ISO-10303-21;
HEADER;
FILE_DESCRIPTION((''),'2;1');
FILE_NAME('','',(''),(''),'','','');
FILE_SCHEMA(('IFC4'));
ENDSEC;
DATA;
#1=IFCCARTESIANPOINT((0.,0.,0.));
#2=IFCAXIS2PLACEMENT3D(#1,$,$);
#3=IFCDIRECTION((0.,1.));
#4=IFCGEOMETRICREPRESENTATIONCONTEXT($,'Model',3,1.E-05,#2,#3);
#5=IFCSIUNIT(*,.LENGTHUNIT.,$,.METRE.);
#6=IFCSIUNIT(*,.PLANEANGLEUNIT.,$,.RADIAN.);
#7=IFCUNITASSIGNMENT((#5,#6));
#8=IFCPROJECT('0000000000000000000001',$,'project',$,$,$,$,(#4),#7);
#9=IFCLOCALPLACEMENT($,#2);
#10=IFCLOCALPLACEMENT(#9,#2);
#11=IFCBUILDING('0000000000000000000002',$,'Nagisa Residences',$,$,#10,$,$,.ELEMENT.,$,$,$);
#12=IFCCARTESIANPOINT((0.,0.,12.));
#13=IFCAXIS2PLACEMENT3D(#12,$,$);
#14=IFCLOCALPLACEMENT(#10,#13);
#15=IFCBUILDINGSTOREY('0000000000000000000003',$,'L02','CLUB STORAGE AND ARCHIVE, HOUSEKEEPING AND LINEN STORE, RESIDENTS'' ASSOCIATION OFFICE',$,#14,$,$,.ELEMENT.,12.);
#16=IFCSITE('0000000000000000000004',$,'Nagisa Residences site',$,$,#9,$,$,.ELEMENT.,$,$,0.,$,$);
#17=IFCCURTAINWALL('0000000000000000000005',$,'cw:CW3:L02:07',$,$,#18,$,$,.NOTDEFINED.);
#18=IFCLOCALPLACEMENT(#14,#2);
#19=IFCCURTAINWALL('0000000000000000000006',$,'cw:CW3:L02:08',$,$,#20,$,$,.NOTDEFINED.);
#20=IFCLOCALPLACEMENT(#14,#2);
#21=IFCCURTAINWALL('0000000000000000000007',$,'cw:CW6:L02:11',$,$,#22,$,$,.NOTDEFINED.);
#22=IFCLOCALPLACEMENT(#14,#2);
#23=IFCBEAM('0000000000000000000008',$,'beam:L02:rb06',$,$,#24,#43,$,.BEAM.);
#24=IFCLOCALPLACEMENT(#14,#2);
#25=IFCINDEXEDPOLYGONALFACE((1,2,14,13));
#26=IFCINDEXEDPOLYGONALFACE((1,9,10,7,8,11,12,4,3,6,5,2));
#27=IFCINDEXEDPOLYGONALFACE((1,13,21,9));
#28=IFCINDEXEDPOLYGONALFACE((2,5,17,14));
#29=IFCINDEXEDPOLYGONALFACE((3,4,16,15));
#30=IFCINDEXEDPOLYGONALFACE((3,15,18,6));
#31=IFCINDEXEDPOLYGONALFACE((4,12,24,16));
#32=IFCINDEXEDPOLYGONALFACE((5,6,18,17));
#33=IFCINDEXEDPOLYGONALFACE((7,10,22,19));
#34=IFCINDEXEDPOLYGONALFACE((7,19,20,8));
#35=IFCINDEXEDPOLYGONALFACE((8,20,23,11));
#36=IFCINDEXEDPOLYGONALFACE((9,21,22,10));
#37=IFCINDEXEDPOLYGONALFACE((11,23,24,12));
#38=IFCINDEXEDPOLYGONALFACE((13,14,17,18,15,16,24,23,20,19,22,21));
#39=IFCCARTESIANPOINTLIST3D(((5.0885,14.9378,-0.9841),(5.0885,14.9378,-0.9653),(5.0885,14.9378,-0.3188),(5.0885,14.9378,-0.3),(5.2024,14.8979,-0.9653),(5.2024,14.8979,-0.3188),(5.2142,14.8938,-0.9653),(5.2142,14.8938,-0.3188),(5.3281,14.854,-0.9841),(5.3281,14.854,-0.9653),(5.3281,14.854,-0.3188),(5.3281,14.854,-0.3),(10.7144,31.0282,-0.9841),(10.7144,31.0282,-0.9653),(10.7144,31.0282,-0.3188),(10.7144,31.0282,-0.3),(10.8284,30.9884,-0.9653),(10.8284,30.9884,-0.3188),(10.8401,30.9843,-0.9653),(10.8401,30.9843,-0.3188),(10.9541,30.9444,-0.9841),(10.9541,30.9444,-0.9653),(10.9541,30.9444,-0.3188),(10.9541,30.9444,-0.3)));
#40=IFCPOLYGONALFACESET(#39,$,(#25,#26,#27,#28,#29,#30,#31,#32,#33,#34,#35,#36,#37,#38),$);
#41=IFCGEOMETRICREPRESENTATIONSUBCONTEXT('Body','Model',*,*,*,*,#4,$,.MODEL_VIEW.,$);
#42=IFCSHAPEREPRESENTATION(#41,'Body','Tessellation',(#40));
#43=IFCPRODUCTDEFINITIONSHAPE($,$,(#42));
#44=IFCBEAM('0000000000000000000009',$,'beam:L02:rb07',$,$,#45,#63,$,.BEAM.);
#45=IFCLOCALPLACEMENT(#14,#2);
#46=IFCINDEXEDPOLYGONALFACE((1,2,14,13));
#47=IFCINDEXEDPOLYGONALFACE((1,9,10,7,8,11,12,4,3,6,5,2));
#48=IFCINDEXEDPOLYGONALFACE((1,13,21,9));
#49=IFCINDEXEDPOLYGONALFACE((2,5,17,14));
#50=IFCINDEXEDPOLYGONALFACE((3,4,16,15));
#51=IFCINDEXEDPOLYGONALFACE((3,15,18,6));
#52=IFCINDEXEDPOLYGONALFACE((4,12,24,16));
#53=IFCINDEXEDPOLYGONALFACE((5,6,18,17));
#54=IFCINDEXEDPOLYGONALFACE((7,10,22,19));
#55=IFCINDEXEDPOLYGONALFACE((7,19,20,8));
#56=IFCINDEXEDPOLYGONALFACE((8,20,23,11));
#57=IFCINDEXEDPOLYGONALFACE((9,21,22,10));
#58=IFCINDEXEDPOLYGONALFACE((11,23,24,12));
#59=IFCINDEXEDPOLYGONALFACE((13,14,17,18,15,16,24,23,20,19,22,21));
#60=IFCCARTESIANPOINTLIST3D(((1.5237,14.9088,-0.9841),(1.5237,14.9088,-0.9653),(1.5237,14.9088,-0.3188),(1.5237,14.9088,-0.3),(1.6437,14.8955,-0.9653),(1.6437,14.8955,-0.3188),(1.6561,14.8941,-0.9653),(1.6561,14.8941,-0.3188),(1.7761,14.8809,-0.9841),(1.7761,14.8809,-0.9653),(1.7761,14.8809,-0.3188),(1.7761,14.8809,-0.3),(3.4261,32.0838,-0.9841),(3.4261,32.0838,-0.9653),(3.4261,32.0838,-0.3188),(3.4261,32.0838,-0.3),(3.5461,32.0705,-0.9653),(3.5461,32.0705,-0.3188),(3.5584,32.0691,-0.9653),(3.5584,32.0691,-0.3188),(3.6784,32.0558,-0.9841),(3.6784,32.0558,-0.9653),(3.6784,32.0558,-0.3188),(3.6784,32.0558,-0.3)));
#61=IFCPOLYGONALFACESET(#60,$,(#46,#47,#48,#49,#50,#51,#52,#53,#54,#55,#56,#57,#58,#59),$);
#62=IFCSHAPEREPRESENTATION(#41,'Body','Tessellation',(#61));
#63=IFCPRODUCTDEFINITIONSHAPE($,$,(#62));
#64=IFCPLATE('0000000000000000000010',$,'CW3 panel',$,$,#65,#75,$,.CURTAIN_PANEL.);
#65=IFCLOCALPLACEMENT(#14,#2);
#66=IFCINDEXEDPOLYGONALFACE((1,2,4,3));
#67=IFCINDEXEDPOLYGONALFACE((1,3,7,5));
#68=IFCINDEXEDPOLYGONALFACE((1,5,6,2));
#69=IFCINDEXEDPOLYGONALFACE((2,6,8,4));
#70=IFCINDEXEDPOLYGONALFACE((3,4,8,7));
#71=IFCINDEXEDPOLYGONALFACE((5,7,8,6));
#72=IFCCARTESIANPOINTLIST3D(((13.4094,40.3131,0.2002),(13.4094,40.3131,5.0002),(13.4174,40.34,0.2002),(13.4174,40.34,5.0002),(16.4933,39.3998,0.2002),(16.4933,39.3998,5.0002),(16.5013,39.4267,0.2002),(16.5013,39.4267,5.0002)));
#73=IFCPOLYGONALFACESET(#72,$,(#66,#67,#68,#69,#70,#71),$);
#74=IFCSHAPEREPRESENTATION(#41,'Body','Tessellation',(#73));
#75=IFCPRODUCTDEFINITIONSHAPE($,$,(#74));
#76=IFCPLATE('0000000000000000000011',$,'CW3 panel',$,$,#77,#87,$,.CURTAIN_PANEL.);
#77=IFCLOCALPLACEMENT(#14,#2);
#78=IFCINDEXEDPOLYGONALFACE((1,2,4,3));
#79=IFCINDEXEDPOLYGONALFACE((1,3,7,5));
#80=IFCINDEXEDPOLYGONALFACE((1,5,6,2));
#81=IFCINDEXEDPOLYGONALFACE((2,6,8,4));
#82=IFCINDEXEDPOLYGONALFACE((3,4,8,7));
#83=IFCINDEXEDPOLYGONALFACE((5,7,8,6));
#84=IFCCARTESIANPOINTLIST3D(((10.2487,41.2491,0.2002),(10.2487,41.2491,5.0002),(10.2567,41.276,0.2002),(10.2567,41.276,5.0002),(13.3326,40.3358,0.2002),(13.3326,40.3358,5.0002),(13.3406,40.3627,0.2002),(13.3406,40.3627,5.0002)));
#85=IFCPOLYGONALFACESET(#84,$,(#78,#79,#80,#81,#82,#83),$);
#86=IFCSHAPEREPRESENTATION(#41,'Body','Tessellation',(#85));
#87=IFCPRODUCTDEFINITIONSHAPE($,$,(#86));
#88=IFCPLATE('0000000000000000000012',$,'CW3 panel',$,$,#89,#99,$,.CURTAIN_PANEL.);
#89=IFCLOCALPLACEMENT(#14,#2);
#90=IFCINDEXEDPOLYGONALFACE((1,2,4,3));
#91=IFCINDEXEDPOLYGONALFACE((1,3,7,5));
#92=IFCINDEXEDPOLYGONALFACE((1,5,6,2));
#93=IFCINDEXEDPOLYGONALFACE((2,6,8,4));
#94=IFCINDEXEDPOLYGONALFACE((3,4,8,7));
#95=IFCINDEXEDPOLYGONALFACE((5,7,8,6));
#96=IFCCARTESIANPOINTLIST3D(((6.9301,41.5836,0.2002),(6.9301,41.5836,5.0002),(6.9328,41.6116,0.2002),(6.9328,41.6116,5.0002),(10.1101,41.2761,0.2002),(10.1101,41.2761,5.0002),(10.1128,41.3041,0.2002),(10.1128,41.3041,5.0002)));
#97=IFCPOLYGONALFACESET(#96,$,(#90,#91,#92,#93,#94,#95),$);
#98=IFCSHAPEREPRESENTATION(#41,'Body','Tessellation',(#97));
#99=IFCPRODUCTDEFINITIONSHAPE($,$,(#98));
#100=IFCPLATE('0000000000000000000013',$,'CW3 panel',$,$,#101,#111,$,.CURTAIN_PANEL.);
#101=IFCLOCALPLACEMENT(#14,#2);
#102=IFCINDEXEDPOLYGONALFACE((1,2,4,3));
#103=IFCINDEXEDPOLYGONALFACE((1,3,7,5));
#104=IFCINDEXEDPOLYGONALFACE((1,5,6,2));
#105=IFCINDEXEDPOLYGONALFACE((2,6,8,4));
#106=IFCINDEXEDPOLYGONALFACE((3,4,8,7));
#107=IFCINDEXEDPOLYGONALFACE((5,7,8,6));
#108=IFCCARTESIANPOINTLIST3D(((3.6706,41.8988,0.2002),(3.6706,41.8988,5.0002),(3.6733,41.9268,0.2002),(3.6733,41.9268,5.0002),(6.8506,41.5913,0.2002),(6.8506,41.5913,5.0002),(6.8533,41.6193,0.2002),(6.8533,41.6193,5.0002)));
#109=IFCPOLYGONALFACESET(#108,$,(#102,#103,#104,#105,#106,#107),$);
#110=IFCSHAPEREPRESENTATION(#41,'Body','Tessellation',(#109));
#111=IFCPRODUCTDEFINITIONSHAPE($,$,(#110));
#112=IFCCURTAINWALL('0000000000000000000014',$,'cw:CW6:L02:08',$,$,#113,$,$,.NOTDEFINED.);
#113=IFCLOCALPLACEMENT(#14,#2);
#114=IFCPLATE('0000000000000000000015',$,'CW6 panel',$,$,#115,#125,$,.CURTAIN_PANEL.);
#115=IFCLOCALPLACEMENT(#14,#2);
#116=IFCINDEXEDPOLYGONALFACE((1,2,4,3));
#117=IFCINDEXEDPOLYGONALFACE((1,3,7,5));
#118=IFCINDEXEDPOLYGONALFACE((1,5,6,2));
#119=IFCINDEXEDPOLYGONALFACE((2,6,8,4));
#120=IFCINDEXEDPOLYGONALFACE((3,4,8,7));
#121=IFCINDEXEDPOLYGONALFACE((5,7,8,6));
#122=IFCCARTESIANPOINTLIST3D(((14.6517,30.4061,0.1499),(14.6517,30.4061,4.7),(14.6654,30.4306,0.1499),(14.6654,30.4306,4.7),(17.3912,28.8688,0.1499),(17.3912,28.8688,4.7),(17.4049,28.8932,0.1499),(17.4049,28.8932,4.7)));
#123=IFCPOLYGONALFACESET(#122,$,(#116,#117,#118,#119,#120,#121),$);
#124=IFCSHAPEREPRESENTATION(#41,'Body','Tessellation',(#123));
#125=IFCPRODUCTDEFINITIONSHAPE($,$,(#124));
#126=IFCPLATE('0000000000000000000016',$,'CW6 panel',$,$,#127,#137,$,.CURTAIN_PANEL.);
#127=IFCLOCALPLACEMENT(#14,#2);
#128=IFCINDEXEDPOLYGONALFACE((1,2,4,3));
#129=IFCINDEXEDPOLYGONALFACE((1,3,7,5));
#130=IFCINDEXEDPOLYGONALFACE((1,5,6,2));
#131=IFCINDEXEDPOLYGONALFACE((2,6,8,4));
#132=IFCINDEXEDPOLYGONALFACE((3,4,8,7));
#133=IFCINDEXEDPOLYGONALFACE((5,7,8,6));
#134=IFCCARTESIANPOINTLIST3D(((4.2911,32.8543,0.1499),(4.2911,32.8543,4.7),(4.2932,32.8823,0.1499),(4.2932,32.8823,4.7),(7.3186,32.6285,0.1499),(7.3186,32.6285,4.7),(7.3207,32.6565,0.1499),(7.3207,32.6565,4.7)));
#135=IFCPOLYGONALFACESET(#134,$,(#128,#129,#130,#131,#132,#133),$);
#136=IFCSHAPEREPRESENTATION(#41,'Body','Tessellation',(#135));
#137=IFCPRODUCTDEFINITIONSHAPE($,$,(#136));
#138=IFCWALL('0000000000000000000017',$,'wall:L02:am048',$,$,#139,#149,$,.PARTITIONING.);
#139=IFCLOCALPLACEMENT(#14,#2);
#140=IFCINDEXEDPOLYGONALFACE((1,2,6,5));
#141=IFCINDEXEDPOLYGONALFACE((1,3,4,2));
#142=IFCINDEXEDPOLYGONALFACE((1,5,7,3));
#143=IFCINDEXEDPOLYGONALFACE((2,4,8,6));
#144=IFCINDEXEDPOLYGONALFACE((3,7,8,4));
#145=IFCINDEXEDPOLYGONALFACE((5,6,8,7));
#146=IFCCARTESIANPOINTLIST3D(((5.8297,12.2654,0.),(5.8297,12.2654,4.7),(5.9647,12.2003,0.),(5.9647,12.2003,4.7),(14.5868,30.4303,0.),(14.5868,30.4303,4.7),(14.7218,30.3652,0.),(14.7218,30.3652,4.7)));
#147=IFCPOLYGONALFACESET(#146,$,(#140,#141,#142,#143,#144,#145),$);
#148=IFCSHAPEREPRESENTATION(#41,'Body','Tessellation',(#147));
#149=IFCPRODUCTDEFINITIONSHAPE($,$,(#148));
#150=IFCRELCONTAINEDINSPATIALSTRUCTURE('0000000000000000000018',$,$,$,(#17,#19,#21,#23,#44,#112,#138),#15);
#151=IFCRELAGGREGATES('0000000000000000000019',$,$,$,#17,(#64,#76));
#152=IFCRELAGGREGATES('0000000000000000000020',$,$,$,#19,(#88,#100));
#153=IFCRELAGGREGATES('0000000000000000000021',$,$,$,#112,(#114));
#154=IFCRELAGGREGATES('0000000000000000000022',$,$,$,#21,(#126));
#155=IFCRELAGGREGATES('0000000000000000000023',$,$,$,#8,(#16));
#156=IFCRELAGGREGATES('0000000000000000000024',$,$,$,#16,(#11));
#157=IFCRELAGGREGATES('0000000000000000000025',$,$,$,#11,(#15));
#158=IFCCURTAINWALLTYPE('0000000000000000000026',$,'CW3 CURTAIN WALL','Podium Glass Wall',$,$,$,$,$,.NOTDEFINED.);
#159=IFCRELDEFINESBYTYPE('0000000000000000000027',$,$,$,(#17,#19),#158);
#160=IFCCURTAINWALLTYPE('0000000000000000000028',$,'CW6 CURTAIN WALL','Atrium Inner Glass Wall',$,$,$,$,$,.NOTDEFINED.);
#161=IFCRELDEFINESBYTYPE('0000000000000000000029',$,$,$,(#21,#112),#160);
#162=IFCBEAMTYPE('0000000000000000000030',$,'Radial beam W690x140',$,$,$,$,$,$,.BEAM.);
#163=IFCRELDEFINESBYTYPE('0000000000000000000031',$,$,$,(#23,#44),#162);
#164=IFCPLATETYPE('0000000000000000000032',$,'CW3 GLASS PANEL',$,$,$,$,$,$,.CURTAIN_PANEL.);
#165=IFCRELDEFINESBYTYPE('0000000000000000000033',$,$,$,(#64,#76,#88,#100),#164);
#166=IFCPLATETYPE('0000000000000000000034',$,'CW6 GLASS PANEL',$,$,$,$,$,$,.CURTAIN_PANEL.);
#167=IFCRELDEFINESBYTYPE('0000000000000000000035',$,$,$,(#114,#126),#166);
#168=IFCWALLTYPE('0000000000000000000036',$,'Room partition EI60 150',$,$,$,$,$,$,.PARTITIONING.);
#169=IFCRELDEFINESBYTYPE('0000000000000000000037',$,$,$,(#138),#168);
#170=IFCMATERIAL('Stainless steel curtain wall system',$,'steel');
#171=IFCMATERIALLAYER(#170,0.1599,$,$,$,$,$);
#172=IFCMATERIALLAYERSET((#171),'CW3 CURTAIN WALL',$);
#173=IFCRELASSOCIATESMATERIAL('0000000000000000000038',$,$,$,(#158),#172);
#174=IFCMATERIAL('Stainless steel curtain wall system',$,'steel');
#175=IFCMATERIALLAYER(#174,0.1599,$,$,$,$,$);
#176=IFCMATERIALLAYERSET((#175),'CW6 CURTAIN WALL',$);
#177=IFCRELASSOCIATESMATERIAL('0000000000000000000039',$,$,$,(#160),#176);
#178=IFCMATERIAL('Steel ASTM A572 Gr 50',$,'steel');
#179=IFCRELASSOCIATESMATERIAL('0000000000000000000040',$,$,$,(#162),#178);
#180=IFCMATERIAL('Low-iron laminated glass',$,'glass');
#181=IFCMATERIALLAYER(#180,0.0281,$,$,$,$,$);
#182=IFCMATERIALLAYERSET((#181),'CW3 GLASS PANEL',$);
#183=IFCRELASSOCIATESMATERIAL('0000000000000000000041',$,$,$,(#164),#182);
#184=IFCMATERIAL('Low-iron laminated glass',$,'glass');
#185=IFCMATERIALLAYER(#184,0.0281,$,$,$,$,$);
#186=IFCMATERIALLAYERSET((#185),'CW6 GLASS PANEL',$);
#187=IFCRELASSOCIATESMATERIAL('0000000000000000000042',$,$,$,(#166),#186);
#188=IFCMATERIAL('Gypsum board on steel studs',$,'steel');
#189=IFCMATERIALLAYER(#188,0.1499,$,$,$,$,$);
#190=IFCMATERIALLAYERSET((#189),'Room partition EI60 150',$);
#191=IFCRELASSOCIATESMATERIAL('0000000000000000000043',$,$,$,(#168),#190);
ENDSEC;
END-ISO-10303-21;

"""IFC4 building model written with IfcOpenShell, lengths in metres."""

from ifc_helpers import new_model, si_unit, direction, frame, frame_2d, origin, origin_2d, place, context, subcontext, project, spatial, rectangle, i_section, extrude, material, layer, layer_set, material_profile, profile_set, type_object, element, aggregate, save


model = new_model("IFC4")

# Units and contexts
model_context = context("Model", 3, precision=1e-05, world=origin(), true_north=direction((0.0, 1.0)))
body_context = subcontext(model_context, "Body", "Model", "MODEL_VIEW")
ifc_project = project(units=[si_unit("LENGTHUNIT", "METRE"), si_unit("PLANEANGLEUNIT", "RADIAN")], contexts=[model_context])

# Site, building, storey
site_placement = place(None, origin())
site = spatial("IfcSite", under=ifc_project, at=site_placement, Name="Nagisa Residences site", CompositionType="ELEMENT", RefElevation=0.0)
building_placement = place(site_placement, origin())
building = spatial("IfcBuilding", under=site, at=building_placement, Name="Nagisa Residences", CompositionType="ELEMENT")
storey_placement = place(building_placement, frame((0.0, 0.0, 12.0)))
storey = spatial("IfcBuildingStorey", under=building, at=storey_placement, Name="L02", Description="CLUB STORAGE AND ARCHIVE, HOUSEKEEPING AND LINEN STORE, RESIDENTS' ASSOCIATION OFFICE", CompositionType="ELEMENT", Elevation=12.0)

# Shared definitions
ifc_material_1 = material(Name="Stainless steel curtain wall system", Category="steel")
ifc_layer_1 = layer(ifc_material_1, 0.1599)
ifc_layer_set_1 = layer_set([ifc_layer_1], Name="CW3 CURTAIN WALL")
curtain_wall_type_1 = type_object("IfcCurtainWallType", Name="CW3 CURTAIN WALL", Description="Podium Glass Wall", PredefinedType="NOTDEFINED", material=ifc_layer_set_1)

# Curtain walls
curtain_wall_1_placement = place(storey_placement, origin())
curtain_wall_1 = element("IfcCurtainWall", 1, at=curtain_wall_1_placement, inside=storey, type_object=curtain_wall_type_1, Name="cw:CW3:L02:07", PredefinedType="NOTDEFINED")
curtain_wall_2_placement = place(storey_placement, origin())
curtain_wall_2 = element("IfcCurtainWall", 2, at=curtain_wall_2_placement, inside=storey, type_object=curtain_wall_type_1, Name="cw:CW3:L02:08", PredefinedType="NOTDEFINED")

# Curtain wall
ifc_material_2 = material(Name="Stainless steel curtain wall system", Category="steel")
ifc_layer_2 = layer(ifc_material_2, 0.1599)
ifc_layer_set_2 = layer_set([ifc_layer_2], Name="CW6 CURTAIN WALL")
curtain_wall_type_2 = type_object("IfcCurtainWallType", Name="CW6 CURTAIN WALL", Description="Atrium Inner Glass Wall", PredefinedType="NOTDEFINED", material=ifc_layer_set_2)
curtain_wall_3_placement = place(storey_placement, origin())
curtain_wall_3 = element("IfcCurtainWall", 3, at=curtain_wall_3_placement, inside=storey, type_object=curtain_wall_type_2, Name="cw:CW6:L02:11", PredefinedType="NOTDEFINED")

# Beams
ifc_material_3 = material(Name="Steel ASTM A572 Gr 50", Category="steel")
ifc_material_profile_1 = material_profile(ifc_material_3, i_section(OverallWidth=0.2539, OverallDepth=0.6841, WebThickness=0.0125, FlangeThickness=0.0188, at=origin_2d()), Name="W690x140")
ifc_profile_set_1 = profile_set([ifc_material_profile_1], Name="Steel ASTM A572 Gr 50")
beam_type_1 = type_object("IfcBeamType", Name="Radial beam W690x140", PredefinedType="BEAM", material=ifc_profile_set_1)
beam_1_placement = place(storey_placement, frame((10.8342, 30.9863, -0.6421), z_axis=(-0.330051, -0.943963, 0.0), x_axis=(0.943963, -0.330051, 0.0)))
element("IfcBeam", 4, at=beam_1_placement, inside=storey, type_object=beam_type_1, Name="beam:L02:rb06", PredefinedType="BEAM", context=body_context, shape_type="SweptSolid", body=[
    extrude(i_section(OverallWidth=0.2539, OverallDepth=0.6841, WebThickness=0.0125, FlangeThickness=0.0188, at=origin_2d()), origin(), (0.0, 0.0, 1.0), 17.0457),
])
beam_2_placement = place(storey_placement, frame((3.5522, 32.0698, -0.6421), z_axis=(-0.110089, -0.993922, 0.0), x_axis=(0.993922, -0.110089, 0.0)))
element("IfcBeam", 5, at=beam_2_placement, inside=storey, type_object=beam_type_1, Name="beam:L02:rb07", PredefinedType="BEAM", context=body_context, shape_type="SweptSolid", body=[
    extrude(i_section(OverallWidth=0.2539, OverallDepth=0.6841, WebThickness=0.0125, FlangeThickness=0.0188, at=origin_2d()), origin(), (0.0, 0.0, 1.0), 17.28),
])

# Plates
ifc_material_4 = material(Name="Low-iron laminated glass", Category="glass")
ifc_layer_3 = layer(ifc_material_4, 0.0281)
ifc_layer_set_3 = layer_set([ifc_layer_3], Name="CW3 GLASS PANEL")
plate_type_1 = type_object("IfcPlateType", Name="CW3 GLASS PANEL", PredefinedType="CURTAIN_PANEL", material=ifc_layer_set_3)
plate_1_placement = place(storey_placement, frame((14.9553, 39.8699, 0.2002), z_axis=(0.0, 0.0, 1.0), x_axis=(-0.958835, 0.283963, 0.0)))
plate_1 = element("IfcPlate", 6, at=plate_1_placement, type_object=plate_type_1, Name="CW3 panel", PredefinedType="CURTAIN_PANEL", context=body_context, shape_type="SweptSolid", body=[
    extrude(rectangle(XDim=3.2163, YDim=0.0281, at=origin_2d()), origin(), (0.0, 0.0, 1.0), 4.8),
])
plate_2_placement = place(storey_placement, frame((11.7947, 40.8059, 0.2002), z_axis=(0.0, 0.0, 1.0), x_axis=(-0.958835, 0.283963, 0.0)))
plate_2 = element("IfcPlate", 7, at=plate_2_placement, type_object=plate_type_1, Name="CW3 panel", PredefinedType="CURTAIN_PANEL", context=body_context, shape_type="SweptSolid", body=[
    extrude(rectangle(XDim=3.2163, YDim=0.0281, at=origin_2d()), origin(), (0.0, 0.0, 1.0), 4.8),
])
aggregate(curtain_wall_1, [plate_1, plate_2])
plate_3_placement = place(storey_placement, frame((8.5215, 41.4438, 0.2002), z_axis=(0.0, 0.0, 1.0), x_axis=(-0.995357, 0.096249, 0.0)))
plate_3 = element("IfcPlate", 8, at=plate_3_placement, type_object=plate_type_1, Name="CW3 panel", PredefinedType="CURTAIN_PANEL", context=body_context, shape_type="SweptSolid", body=[
    extrude(rectangle(XDim=3.1948, YDim=0.0281, at=origin_2d()), origin(), (0.0, 0.0, 1.0), 4.8),
])
plate_4_placement = place(storey_placement, frame((5.262, 41.759, 0.2002), z_axis=(0.0, 0.0, 1.0), x_axis=(-0.995357, 0.096249, 0.0)))
plate_4 = element("IfcPlate", 9, at=plate_4_placement, type_object=plate_type_1, Name="CW3 panel", PredefinedType="CURTAIN_PANEL", context=body_context, shape_type="SweptSolid", body=[
    extrude(rectangle(XDim=3.1948, YDim=0.0281, at=origin_2d()), origin(), (0.0, 0.0, 1.0), 4.8),
])
aggregate(curtain_wall_2, [plate_3, plate_4])

# Curtain wall, plate
curtain_wall_4_placement = place(storey_placement, origin())
curtain_wall_4 = element("IfcCurtainWall", 10, at=curtain_wall_4_placement, inside=storey, type_object=curtain_wall_type_2, Name="cw:CW6:L02:08", PredefinedType="NOTDEFINED")
ifc_material_5 = material(Name="Low-iron laminated glass", Category="glass")
ifc_layer_4 = layer(ifc_material_5, 0.0281)
ifc_layer_set_4 = layer_set([ifc_layer_4], Name="CW6 GLASS PANEL")
plate_type_2 = type_object("IfcPlateType", Name="CW6 GLASS PANEL", PredefinedType="CURTAIN_PANEL", material=ifc_layer_set_4)
plate_5_placement = place(storey_placement, frame((16.0283, 29.6497, 0.1499), z_axis=(0.0, 0.0, 1.0), x_axis=(-0.872072, 0.489377, 0.0)))
plate_5 = element("IfcPlate", 11, at=plate_5_placement, type_object=plate_type_2, Name="CW6 panel", PredefinedType="CURTAIN_PANEL", context=body_context, shape_type="SweptSolid", body=[
    extrude(rectangle(XDim=3.1414, YDim=0.0281, at=origin_2d()), origin(), (0.0, 0.0, 1.0), 4.55),
])
aggregate(curtain_wall_4, [plate_5])

# Plate
plate_6_placement = place(storey_placement, frame((5.8059, 32.7554, 0.1499), z_axis=(0.0, 0.0, 1.0), x_axis=(-0.99723, 0.074377, 0.0)))
plate_6 = element("IfcPlate", 12, at=plate_6_placement, type_object=plate_type_2, Name="CW6 panel", PredefinedType="CURTAIN_PANEL", context=body_context, shape_type="SweptSolid", body=[
    extrude(rectangle(XDim=3.0359, YDim=0.0281, at=origin_2d()), origin(), (0.0, 0.0, 1.0), 4.55),
])
aggregate(curtain_wall_3, [plate_6])

# Wall
ifc_material_6 = material(Name="Gypsum board on steel studs", Category="steel")
ifc_layer_5 = layer(ifc_material_6, 0.1499)
ifc_layer_set_5 = layer_set([ifc_layer_5], Name="Room partition EI60 150")
wall_type = type_object("IfcWallType", Name="Room partition EI60 150", PredefinedType="PARTITIONING", material=ifc_layer_set_5)
wall_placement = place(storey_placement, frame((14.6543, 30.3977, 0.0), z_axis=(0.0, 0.0, 1.0), x_axis=(-0.434261, -0.900787, 0.0)))
element("IfcWall", 13, at=wall_placement, inside=storey, type_object=wall_type, Name="wall:L02:am048", PredefinedType="PARTITIONING", context=body_context, shape_type="SweptSolid", body=[
    extrude(rectangle(XDim=20.1655, YDim=0.1499, at=frame_2d((10.0828, 0.0))), origin(), (0.0, 0.0, 1.0), 4.7),
])

save(model, "model.ifc")
